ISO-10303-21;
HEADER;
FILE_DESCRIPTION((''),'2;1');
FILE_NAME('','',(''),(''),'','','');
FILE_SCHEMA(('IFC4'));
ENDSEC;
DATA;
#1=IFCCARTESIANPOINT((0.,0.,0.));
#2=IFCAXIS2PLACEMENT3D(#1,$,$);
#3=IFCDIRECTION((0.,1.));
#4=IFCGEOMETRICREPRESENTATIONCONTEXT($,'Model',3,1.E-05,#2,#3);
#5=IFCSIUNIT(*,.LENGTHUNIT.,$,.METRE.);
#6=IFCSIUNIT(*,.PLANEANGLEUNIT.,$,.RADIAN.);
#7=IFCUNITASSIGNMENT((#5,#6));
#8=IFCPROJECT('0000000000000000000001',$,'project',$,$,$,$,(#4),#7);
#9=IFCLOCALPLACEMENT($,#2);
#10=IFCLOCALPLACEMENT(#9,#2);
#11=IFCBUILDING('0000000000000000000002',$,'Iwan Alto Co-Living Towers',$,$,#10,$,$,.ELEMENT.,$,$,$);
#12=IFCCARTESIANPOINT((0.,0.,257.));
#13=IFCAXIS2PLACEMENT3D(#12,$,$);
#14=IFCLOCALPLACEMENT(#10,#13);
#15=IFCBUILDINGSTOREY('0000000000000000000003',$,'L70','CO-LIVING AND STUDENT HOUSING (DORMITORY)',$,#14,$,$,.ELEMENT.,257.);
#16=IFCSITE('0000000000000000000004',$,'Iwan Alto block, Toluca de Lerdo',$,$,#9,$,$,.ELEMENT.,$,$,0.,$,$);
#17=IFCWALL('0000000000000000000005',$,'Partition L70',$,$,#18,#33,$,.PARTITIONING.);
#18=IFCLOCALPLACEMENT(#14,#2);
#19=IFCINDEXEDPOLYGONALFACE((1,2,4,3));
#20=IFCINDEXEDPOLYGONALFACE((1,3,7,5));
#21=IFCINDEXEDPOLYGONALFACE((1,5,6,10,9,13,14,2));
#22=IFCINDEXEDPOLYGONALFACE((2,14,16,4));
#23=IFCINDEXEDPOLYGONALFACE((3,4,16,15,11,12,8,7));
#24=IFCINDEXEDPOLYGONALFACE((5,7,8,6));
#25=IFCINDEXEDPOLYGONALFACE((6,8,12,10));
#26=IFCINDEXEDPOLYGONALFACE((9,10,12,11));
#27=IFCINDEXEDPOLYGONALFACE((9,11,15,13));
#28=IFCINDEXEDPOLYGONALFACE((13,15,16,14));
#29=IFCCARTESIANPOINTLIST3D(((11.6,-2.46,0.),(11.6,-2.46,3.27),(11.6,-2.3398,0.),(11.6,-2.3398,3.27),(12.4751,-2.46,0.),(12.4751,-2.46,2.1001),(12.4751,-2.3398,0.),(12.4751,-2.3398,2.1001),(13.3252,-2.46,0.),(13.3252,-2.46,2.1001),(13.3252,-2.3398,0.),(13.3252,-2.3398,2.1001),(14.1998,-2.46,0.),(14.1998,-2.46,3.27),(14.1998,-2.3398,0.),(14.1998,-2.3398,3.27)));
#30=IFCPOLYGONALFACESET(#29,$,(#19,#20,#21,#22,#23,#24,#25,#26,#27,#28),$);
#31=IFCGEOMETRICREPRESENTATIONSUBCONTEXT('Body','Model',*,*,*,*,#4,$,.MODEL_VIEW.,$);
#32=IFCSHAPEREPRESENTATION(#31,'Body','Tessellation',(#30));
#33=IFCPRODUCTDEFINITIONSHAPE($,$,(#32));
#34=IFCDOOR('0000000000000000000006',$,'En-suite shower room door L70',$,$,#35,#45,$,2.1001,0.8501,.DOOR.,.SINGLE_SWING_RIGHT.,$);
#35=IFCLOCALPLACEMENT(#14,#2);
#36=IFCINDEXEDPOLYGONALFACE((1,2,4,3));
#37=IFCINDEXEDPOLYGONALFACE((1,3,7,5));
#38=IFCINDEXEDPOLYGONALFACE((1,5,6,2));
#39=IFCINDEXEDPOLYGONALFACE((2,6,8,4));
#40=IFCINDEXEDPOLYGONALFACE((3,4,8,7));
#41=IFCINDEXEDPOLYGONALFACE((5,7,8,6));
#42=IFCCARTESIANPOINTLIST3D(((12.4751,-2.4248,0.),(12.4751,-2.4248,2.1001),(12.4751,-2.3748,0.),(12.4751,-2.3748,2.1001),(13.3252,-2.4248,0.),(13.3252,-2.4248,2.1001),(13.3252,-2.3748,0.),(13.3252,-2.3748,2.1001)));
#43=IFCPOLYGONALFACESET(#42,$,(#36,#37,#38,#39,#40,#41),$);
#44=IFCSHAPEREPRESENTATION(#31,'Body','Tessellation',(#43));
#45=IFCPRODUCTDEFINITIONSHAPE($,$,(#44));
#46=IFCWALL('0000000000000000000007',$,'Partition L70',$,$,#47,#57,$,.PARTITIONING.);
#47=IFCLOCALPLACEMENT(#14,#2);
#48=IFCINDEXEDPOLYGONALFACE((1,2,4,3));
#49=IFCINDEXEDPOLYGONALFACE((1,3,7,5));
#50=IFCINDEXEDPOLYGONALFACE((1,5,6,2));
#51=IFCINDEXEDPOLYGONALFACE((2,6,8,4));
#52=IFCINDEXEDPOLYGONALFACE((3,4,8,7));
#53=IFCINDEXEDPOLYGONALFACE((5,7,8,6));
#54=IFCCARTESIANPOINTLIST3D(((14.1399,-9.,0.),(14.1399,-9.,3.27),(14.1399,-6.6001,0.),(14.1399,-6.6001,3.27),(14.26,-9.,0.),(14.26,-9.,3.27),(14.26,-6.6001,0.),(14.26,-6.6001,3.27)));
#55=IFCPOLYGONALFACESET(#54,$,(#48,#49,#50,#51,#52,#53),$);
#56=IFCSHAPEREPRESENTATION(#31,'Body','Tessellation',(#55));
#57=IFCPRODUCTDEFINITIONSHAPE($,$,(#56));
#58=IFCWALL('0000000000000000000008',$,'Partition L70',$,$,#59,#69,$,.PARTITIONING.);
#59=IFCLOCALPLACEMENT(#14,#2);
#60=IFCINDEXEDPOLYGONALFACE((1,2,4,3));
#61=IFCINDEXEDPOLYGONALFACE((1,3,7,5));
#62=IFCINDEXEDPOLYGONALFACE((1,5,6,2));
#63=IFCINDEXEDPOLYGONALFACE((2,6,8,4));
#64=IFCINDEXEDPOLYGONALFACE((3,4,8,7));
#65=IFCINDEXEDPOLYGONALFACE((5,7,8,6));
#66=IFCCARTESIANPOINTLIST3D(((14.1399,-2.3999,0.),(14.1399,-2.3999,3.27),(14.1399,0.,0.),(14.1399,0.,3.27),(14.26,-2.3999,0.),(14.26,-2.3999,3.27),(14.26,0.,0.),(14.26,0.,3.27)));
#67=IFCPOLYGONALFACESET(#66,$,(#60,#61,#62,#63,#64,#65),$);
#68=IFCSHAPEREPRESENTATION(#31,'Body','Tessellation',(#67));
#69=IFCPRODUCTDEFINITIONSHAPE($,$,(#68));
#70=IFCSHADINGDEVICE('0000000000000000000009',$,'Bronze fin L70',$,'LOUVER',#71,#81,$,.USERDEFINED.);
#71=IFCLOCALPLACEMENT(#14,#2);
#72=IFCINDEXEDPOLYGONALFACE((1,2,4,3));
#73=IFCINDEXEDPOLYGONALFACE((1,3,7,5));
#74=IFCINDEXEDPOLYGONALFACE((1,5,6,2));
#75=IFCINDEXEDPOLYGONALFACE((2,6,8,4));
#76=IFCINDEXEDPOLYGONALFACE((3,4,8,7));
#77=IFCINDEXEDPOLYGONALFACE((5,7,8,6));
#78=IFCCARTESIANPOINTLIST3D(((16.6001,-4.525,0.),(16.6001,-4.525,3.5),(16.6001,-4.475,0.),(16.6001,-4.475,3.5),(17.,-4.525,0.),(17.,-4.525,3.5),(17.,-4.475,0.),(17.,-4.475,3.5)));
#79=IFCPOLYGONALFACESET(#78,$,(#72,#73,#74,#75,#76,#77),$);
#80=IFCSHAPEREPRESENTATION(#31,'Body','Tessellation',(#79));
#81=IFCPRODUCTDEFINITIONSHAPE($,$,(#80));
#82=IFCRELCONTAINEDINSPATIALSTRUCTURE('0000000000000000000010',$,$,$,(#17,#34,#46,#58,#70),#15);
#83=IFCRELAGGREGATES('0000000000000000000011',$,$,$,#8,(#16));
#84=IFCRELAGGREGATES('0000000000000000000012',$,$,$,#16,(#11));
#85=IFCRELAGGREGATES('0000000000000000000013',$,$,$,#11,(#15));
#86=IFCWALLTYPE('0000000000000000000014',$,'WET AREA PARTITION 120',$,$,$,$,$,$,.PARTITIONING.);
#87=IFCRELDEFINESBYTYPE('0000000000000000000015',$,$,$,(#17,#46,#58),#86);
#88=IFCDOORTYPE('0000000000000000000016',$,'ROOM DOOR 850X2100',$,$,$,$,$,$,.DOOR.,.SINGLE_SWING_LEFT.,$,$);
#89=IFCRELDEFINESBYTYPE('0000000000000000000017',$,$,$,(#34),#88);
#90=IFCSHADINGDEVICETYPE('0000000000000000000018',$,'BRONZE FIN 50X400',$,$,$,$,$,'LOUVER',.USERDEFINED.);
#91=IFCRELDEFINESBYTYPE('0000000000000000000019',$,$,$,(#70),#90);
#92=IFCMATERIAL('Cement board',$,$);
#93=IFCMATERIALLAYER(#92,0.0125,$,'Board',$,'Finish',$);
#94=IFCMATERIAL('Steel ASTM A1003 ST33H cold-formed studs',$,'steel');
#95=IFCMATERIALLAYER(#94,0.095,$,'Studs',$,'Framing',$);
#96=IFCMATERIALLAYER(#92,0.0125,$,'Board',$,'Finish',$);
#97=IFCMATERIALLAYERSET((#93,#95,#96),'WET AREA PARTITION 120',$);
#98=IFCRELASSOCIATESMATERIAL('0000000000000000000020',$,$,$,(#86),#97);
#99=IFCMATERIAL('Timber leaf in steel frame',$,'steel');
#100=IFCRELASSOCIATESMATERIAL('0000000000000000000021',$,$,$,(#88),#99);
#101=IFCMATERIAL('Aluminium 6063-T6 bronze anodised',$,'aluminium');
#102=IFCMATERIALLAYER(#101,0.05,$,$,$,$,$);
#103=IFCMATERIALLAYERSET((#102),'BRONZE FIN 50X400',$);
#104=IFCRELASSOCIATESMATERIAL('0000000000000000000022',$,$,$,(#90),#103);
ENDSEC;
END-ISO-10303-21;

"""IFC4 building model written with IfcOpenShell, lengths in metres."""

from ifc_helpers import new_model, si_unit, direction, frame, frame_2d, origin, origin_2d, place, context, subcontext, project, spatial, rectangle, extrude, material, layer, layer_set, type_object, element, fill, save


model = new_model("IFC4")

# Units and contexts
model_context = context("Model", 3, precision=1e-05, world=origin(), true_north=direction((0.0, 1.0)))
body_context = subcontext(model_context, "Body", "Model", "MODEL_VIEW")
ifc_project = project(units=[si_unit("LENGTHUNIT", "METRE"), si_unit("PLANEANGLEUNIT", "RADIAN")], contexts=[model_context])

# Site, building, storey
site_placement = place(None, origin())
site = spatial("IfcSite", under=ifc_project, at=site_placement, Name="Iwan Alto block, Toluca de Lerdo", CompositionType="ELEMENT", RefElevation=0.0)
building_placement = place(site_placement, origin())
building = spatial("IfcBuilding", under=site, at=building_placement, Name="Iwan Alto Co-Living Towers", CompositionType="ELEMENT")
storey_placement = place(building_placement, frame((0.0, 0.0, 257.0)))
storey = spatial("IfcBuildingStorey", under=building, at=storey_placement, Name="L70", Description="CO-LIVING AND STUDENT HOUSING (DORMITORY)", CompositionType="ELEMENT", Elevation=257.0)

# Shared definitions
ifc_material_1 = material(Name="Steel ASTM A1003 ST33H cold-formed studs", Category="steel")

# Wall, opening, door
ifc_material_2 = material(Name="Cement board")
ifc_layer_1 = layer(ifc_material_2, 0.0125, Name="Board", Category="Finish")
ifc_layer_2 = layer(ifc_material_1, 0.095, Name="Studs", Category="Framing")
ifc_layer_3 = layer(ifc_material_2, 0.0125, Name="Board", Category="Finish")
ifc_layer_set_1 = layer_set([ifc_layer_1, ifc_layer_2, ifc_layer_3], Name="WET AREA PARTITION 120")
wall_type_1 = type_object("IfcWallType", Name="WET AREA PARTITION 120", PredefinedType="PARTITIONING", material=ifc_layer_set_1)
wall_1_placement = place(storey_placement, frame((11.6001, -2.3999, 0.0), z_axis=(0.0, 0.0, 1.0), x_axis=(1.0, 0.0, 0.0)))
wall_1 = element("IfcWall", 1, at=wall_1_placement, inside=storey, type_object=wall_type_1, Name="Partition L70", PredefinedType="PARTITIONING", context=body_context, shape_type="SweptSolid", body=[
    extrude(rectangle(XDim=2.5999, YDim=0.1201, at=frame_2d((1.2998, 0.0))), origin(), (0.0, 0.0, 1.0), 3.27),
])
opening_placement = place(wall_1_placement, frame((0.875, 0.0, 0.0)))
opening = element("IfcOpeningElement", 2, at=opening_placement, cuts=wall_1, PredefinedType="OPENING", context=body_context, shape_type="SweptSolid", body=[
    extrude(rectangle(XDim=0.8501, YDim=2.1001, at=frame_2d((0.425, 1.05))), frame((0.0, 0.0701, 0.0), z_axis=(0.0, -1.0, 0.0), x_axis=(1.0, 0.0, 0.0)), (0.0, 0.0, 1.0), 0.1401),
])
ifc_material_3 = material(Name="Timber leaf in steel frame", Category="steel")
door_type = type_object("IfcDoorType", Name="ROOM DOOR 850X2100", OperationType="SINGLE_SWING_LEFT", PredefinedType="DOOR", material=ifc_material_3)
door_placement = place(opening_placement, frame((0.8501, 0.0, 0.0), z_axis=(0.0, 0.0, 1.0), x_axis=(-1.0, 0.0, 0.0)))
door = element("IfcDoor", 3, at=door_placement, inside=storey, type_object=door_type, Name="En-suite shower room door L70", OperationType="SINGLE_SWING_RIGHT", OverallHeight=2.1001, OverallWidth=0.8501, PredefinedType="DOOR", context=body_context, shape_type="SweptSolid", body=[
    extrude(rectangle(XDim=0.8501, YDim=2.1001, at=frame_2d((0.425, 1.05))), frame((0.0, 0.0249, 0.0), z_axis=(0.0, -1.0, 0.0), x_axis=(1.0, 0.0, 0.0)), (0.0, 0.0, 1.0), 0.05),
])
fill(opening, door)

# Walls
for number, where, z_axis, x_axis, name in (
    (4, (14.2, -9.0, 0.0), (0.0, 0.0, 1.0), (0.0, 1.0, 0.0), "Partition L70"),
    (5, (14.2, -2.3999, 0.0), (0.0, 0.0, 1.0), (0.0, 1.0, 0.0), "Partition L70"),
):
    element("IfcWall", number, at=place(storey_placement, frame(where, z_axis=z_axis, x_axis=x_axis)), inside=storey, type_object=wall_type_1, Name=name, PredefinedType="PARTITIONING", context=body_context, shape_type="SweptSolid", body=[
        extrude(rectangle(XDim=2.3999, YDim=0.1201, at=frame_2d((1.2, 0.0))), origin(), (0.0, 0.0, 1.0), 3.27),
    ])

# Shading device
ifc_material_4 = material(Name="Aluminium 6063-T6 bronze anodised", Category="aluminium")
ifc_layer_4 = layer(ifc_material_4, 0.05)
ifc_layer_set_2 = layer_set([ifc_layer_4], Name="BRONZE FIN 50X400")
shading_device_type = type_object("IfcShadingDeviceType", Name="BRONZE FIN 50X400", ElementType="LOUVER", PredefinedType="USERDEFINED", material=ifc_layer_set_2)
shading_device_placement = place(storey_placement, frame((16.8, -4.5, 0.0), z_axis=(0.0, 0.0, 1.0), x_axis=(0.0, 1.0, 0.0)))
element("IfcShadingDevice", 6, at=shading_device_placement, inside=storey, type_object=shading_device_type, Name="Bronze fin L70", ObjectType="LOUVER", PredefinedType="USERDEFINED", context=body_context, shape_type="SweptSolid", body=[
    extrude(rectangle(XDim=0.05, YDim=0.3999, at=origin_2d()), origin(), (0.0, 0.0, 1.0), 3.5),
])

save(model, "model.ifc")
